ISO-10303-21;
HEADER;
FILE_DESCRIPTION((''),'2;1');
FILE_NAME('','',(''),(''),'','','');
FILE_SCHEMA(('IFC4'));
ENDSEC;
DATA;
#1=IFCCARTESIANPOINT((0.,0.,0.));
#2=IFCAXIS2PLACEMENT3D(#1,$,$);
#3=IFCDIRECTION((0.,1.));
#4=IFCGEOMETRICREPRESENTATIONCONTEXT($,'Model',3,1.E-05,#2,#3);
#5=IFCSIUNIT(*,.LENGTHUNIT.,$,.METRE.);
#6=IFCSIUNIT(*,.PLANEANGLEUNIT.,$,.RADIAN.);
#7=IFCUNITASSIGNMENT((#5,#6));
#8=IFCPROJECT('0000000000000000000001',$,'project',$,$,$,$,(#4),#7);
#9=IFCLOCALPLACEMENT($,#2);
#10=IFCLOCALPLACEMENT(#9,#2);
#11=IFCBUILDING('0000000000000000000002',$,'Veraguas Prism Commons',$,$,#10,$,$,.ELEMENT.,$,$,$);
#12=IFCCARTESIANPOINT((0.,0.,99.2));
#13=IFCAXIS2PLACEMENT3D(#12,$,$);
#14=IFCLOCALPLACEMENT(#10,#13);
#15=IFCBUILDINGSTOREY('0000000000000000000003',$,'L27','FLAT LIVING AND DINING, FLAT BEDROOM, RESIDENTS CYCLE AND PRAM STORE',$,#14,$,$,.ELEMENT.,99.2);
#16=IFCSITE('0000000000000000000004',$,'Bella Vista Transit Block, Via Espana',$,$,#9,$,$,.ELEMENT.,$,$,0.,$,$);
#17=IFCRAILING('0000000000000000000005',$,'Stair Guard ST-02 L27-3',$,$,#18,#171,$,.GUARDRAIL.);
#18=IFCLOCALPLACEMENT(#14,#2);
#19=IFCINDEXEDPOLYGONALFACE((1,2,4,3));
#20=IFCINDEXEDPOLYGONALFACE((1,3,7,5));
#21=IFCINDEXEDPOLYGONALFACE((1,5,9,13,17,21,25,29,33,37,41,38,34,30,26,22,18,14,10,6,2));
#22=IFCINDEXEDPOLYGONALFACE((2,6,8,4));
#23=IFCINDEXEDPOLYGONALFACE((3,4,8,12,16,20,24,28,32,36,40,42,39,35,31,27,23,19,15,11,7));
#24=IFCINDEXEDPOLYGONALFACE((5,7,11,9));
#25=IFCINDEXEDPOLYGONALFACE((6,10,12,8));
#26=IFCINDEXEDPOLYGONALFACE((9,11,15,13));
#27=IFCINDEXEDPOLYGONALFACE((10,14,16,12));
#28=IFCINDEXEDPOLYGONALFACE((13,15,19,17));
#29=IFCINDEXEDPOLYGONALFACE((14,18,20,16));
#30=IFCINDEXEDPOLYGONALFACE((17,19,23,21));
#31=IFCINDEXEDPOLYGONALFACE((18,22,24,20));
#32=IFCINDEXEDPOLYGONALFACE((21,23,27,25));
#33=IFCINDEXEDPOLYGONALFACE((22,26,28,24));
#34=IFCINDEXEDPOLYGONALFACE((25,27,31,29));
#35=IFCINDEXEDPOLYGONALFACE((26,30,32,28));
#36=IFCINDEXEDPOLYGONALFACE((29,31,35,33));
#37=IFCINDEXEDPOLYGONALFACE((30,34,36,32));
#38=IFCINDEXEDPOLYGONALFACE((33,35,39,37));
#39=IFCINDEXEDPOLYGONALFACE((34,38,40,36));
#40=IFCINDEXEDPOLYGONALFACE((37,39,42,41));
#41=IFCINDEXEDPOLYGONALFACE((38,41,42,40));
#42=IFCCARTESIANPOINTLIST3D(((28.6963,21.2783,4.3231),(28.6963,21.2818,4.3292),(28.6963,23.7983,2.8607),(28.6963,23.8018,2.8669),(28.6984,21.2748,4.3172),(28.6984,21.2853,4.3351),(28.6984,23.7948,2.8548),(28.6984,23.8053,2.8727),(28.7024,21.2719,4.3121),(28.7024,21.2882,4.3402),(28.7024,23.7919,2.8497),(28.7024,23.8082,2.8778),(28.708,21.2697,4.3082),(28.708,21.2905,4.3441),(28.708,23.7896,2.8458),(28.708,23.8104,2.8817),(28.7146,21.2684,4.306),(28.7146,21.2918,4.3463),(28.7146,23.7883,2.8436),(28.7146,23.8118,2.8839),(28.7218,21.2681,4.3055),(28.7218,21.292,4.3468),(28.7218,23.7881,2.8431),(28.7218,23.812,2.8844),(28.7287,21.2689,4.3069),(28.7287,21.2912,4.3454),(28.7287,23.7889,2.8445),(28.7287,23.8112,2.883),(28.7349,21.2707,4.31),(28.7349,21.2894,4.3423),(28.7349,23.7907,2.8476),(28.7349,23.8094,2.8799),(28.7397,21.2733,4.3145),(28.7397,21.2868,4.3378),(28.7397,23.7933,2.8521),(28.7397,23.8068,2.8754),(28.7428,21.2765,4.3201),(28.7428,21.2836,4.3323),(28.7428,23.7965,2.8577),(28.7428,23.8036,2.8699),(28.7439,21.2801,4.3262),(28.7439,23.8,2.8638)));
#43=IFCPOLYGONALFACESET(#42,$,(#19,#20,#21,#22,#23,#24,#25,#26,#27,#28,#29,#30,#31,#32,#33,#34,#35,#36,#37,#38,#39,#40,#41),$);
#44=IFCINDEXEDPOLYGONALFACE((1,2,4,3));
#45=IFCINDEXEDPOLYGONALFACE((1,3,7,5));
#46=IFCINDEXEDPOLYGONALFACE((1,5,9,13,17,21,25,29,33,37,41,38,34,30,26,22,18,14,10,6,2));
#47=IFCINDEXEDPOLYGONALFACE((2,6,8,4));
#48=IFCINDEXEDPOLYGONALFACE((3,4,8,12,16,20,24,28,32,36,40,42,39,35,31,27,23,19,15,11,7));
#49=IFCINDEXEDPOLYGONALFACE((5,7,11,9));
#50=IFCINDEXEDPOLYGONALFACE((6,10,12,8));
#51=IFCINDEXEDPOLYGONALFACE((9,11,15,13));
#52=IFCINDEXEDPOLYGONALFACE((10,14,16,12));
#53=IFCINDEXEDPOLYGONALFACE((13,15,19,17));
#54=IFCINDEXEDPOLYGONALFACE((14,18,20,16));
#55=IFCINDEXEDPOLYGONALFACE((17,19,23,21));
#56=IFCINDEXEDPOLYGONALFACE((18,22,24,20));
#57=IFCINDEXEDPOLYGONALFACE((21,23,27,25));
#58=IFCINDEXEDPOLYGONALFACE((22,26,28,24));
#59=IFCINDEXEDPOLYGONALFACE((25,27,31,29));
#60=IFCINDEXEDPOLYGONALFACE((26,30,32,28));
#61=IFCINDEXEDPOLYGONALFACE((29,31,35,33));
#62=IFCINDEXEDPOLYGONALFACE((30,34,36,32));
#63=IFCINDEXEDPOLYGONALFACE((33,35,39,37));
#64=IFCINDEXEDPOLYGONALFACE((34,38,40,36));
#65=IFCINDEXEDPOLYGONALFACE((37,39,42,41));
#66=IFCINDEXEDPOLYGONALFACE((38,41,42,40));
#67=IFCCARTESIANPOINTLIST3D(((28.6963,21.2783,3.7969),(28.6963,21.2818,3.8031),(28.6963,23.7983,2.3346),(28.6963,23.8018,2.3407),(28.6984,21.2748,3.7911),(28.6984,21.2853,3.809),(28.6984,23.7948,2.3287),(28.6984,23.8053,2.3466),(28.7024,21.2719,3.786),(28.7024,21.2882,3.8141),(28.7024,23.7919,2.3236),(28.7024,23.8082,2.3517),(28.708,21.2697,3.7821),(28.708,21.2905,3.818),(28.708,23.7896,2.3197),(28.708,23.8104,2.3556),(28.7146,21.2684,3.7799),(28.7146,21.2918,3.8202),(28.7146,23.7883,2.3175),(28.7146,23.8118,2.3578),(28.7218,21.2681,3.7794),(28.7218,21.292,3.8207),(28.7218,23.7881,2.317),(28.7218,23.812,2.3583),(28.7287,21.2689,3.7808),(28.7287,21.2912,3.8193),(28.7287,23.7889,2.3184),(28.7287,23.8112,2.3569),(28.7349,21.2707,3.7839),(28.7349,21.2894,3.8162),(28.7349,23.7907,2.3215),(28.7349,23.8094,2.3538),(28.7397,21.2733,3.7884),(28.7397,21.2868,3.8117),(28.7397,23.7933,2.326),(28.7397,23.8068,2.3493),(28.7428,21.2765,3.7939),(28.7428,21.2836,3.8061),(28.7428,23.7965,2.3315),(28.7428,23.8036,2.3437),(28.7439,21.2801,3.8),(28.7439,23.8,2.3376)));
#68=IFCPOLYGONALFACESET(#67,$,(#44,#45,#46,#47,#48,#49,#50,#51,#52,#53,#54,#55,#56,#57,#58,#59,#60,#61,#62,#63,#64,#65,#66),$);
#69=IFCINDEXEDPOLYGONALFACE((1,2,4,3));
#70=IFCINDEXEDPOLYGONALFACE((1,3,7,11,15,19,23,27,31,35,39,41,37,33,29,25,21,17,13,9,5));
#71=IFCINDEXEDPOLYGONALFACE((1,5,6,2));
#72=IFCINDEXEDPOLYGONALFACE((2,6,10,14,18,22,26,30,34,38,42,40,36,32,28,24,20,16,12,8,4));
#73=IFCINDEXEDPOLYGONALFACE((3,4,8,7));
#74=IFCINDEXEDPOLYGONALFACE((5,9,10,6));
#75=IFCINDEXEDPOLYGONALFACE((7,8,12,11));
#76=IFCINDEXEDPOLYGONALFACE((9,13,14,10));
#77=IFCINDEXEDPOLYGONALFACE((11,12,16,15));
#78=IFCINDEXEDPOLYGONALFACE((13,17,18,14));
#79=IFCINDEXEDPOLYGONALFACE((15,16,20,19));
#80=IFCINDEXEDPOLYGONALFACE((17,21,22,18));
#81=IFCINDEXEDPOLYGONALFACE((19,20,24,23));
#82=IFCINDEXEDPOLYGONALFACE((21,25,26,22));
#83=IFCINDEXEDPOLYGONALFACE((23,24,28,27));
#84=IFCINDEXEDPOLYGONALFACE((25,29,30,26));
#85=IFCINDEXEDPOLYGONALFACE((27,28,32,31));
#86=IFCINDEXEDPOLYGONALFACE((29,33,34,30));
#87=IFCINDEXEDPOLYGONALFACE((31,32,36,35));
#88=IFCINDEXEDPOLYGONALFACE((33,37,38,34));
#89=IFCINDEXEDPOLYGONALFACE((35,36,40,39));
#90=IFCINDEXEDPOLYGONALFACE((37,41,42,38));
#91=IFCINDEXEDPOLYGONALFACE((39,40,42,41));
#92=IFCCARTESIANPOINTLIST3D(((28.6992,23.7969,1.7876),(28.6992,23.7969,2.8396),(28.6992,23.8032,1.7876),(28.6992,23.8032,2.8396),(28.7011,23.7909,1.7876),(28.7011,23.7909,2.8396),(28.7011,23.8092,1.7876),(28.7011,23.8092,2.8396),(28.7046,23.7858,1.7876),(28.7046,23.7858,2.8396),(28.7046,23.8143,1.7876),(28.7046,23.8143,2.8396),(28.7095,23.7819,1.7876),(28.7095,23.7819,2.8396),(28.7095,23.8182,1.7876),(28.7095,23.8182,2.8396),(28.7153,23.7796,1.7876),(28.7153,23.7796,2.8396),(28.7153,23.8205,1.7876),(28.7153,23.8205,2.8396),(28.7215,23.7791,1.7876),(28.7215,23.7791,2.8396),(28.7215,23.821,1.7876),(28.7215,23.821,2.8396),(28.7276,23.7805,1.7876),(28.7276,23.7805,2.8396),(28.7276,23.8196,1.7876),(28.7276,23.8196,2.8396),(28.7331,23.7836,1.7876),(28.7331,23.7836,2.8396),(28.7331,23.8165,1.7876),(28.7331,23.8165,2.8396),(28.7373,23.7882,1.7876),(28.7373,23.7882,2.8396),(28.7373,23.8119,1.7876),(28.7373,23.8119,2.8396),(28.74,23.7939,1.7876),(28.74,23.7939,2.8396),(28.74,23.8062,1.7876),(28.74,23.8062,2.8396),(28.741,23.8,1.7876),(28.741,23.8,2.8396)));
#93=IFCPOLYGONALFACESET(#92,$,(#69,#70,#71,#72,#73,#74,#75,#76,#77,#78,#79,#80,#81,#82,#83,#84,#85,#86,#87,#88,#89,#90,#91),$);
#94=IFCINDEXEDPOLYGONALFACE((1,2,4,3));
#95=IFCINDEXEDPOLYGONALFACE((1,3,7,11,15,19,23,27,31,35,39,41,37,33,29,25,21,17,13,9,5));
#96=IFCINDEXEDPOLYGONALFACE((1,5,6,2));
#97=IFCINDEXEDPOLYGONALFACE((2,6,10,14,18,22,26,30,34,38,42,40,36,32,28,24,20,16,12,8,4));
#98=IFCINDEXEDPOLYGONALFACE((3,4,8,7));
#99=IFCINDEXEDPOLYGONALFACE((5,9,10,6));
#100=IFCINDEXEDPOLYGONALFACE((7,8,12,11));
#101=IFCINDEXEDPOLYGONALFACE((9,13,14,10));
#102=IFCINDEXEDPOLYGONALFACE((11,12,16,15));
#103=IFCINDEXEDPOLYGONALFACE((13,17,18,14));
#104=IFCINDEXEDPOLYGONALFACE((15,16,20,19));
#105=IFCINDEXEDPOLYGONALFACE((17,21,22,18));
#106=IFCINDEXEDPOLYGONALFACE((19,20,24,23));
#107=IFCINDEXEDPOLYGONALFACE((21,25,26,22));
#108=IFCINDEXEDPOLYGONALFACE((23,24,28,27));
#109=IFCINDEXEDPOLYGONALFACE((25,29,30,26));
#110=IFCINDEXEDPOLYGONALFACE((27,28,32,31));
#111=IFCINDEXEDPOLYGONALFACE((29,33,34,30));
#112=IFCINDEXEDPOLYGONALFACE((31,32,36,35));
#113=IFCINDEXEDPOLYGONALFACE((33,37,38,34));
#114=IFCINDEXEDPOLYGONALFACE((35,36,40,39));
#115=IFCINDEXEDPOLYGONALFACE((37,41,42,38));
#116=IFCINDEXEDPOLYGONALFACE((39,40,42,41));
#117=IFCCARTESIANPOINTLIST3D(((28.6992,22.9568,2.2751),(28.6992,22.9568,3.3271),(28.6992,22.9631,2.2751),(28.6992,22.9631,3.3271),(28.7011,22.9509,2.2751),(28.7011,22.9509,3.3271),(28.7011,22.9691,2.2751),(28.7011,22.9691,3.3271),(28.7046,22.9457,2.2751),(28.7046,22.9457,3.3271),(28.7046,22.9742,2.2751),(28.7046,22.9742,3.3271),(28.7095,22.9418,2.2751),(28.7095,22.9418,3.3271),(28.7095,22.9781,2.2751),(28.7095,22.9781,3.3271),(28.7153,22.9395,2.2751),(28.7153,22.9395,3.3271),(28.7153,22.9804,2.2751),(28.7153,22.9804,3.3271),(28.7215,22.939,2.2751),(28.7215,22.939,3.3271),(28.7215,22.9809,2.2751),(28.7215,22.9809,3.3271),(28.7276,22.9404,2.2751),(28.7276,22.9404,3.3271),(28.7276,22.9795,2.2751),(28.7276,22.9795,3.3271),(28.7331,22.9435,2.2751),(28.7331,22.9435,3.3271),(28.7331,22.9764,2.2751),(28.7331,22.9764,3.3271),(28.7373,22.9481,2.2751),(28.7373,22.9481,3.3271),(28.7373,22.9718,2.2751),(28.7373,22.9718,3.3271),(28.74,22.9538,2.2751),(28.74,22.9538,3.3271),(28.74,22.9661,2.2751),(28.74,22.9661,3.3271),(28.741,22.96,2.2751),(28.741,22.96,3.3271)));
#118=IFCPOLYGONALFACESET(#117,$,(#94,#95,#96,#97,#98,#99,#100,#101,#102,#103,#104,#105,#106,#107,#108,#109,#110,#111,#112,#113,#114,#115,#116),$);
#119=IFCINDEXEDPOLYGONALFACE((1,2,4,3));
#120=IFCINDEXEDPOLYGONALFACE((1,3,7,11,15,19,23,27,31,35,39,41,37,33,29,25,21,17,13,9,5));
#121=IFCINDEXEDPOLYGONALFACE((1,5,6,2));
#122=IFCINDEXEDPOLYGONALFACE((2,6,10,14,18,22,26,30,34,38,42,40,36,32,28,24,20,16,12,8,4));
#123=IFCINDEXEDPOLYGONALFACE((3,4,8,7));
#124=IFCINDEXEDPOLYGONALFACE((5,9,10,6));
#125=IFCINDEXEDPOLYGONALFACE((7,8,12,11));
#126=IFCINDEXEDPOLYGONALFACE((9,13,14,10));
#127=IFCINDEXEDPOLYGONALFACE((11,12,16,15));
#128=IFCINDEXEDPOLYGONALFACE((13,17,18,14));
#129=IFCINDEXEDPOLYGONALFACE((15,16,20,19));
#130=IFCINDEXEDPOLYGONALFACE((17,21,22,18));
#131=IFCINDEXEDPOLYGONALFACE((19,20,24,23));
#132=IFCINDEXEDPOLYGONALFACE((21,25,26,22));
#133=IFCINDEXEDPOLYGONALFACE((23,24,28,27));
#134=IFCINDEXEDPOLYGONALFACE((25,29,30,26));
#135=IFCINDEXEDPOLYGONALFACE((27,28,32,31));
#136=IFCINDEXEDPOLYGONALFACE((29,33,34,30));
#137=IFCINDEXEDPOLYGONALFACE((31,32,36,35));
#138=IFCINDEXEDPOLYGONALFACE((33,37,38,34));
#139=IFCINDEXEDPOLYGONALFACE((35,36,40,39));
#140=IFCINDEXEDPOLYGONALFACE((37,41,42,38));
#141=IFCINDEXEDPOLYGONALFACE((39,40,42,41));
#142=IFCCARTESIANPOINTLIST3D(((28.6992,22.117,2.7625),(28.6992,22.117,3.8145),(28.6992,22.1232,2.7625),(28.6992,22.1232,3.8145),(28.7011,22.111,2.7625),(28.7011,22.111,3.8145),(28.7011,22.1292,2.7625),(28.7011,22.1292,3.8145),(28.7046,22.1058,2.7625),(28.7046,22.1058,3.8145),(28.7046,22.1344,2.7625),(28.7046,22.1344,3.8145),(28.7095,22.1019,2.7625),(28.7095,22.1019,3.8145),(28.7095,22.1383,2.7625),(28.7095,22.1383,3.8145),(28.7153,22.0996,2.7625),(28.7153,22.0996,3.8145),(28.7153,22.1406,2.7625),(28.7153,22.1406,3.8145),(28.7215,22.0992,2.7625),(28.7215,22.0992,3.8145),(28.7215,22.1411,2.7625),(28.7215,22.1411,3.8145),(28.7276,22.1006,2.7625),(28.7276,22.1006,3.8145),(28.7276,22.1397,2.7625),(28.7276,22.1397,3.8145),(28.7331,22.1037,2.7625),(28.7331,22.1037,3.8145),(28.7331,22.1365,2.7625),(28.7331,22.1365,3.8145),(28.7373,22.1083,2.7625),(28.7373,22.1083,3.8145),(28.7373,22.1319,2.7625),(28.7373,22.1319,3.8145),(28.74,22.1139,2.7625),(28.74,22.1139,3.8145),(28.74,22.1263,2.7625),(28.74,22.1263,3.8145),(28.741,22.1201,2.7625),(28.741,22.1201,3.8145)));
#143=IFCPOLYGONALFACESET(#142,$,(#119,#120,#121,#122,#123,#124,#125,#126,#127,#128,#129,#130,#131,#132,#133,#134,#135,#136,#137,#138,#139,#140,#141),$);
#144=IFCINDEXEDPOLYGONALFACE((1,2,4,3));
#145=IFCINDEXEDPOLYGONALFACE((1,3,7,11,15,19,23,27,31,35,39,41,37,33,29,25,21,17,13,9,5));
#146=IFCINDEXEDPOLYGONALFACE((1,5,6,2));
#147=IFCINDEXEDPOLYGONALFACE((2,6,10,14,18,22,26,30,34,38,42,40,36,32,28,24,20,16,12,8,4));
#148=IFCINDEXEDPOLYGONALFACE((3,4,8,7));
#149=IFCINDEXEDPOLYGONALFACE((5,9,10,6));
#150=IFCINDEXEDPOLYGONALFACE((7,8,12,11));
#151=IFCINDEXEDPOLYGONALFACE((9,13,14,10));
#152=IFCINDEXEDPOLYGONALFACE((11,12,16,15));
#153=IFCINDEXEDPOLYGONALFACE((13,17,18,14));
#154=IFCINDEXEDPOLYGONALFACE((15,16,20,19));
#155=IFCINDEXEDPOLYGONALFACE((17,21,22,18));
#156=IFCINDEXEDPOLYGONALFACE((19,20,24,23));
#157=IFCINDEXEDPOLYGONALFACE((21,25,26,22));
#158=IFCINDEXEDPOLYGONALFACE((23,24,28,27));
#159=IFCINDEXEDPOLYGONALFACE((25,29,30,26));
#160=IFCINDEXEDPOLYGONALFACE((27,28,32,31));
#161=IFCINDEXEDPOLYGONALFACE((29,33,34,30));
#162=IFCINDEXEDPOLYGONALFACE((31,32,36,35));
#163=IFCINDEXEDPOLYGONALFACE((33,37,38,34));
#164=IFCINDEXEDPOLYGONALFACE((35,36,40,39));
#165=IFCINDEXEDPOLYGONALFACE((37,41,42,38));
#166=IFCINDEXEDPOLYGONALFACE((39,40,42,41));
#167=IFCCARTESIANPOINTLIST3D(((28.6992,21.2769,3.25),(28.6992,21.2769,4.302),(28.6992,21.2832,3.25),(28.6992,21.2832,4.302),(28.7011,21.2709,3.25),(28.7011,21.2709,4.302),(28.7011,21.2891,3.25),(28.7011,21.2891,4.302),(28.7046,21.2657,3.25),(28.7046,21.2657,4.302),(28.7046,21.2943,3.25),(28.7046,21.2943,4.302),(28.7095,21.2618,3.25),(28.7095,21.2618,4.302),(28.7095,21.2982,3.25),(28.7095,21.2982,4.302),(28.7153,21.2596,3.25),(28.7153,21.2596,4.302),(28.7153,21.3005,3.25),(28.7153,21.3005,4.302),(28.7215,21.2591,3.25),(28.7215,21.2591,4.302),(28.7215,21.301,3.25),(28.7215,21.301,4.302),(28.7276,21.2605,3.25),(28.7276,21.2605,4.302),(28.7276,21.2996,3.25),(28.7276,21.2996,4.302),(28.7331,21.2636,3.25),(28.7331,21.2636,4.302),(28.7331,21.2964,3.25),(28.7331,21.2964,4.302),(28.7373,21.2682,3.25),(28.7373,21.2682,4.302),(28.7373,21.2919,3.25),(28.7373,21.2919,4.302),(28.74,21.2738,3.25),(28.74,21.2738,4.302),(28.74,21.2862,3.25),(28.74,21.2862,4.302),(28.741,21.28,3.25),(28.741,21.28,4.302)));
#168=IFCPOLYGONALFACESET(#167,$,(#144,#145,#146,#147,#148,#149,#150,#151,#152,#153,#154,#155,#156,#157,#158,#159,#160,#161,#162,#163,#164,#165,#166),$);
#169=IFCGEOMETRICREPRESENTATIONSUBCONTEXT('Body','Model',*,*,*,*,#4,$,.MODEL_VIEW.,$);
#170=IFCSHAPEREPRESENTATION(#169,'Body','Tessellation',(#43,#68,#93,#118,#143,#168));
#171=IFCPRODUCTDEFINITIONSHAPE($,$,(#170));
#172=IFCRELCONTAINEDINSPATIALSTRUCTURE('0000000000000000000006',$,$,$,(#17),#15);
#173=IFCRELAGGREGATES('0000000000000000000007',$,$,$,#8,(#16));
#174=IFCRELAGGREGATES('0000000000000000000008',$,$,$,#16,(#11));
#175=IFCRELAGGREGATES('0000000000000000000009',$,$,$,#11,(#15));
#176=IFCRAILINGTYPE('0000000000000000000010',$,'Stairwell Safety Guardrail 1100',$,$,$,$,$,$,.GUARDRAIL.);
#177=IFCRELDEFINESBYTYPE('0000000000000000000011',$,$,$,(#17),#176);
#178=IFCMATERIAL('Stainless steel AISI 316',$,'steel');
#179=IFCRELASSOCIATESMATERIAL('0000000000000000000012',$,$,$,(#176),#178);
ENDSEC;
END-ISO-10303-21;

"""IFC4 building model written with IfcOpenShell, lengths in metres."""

from ifc_helpers import new_model, si_unit, direction, frame, origin, origin_2d, place, context, subcontext, project, spatial, circle, extrude, material, type_object, element, save


model = new_model("IFC4")

# Units and contexts
model_context = context("Model", 3, precision=1e-05, world=origin(), true_north=direction((0.0, 1.0)))
body_context = subcontext(model_context, "Body", "Model", "MODEL_VIEW")
ifc_project = project(units=[si_unit("LENGTHUNIT", "METRE"), si_unit("PLANEANGLEUNIT", "RADIAN")], contexts=[model_context])

# Site, building, storey
site_placement = place(None, origin())
site = spatial("IfcSite", under=ifc_project, at=site_placement, Name="Bella Vista Transit Block, Via Espana", CompositionType="ELEMENT", RefElevation=0.0)
building_placement = place(site_placement, origin())
building = spatial("IfcBuilding", under=site, at=building_placement, Name="Veraguas Prism Commons", CompositionType="ELEMENT")
storey_placement = place(building_placement, frame((0.0, 0.0, 99.2)))
storey = spatial("IfcBuildingStorey", under=building, at=storey_placement, Name="L27", Description="FLAT LIVING AND DINING, FLAT BEDROOM, RESIDENTS CYCLE AND PRAM STORE", CompositionType="ELEMENT", Elevation=99.2)

# Shared definitions
ifc_material_1 = material(Name="Stainless steel AISI 316", Category="steel")

# Railing
railing_type_1 = type_object("IfcRailingType", Name="Stairwell Safety Guardrail 1100", PredefinedType="GUARDRAIL", material=ifc_material_1)
railing_1_placement = place(storey_placement, frame((28.72, 23.8, 1.7876)))
element("IfcRailing", 1, at=railing_1_placement, inside=storey, type_object=railing_type_1, Name="Stair Guard ST-02 L27-3", PredefinedType="GUARDRAIL", context=body_context, shape_type="SweptSolid", body=[
    extrude(circle(Radius=0.0239, at=origin_2d()), frame((0.0, 0.0, 1.0762), z_axis=(0.0, -0.864913, 0.501921), x_axis=(1.0, 0.0, 0.0)), (0.0, 0.0, 1.0), 2.9136),
    extrude(circle(Radius=0.0239, at=origin_2d()), frame((0.0, 0.0, 0.55), z_axis=(0.0, -0.864913, 0.501921), x_axis=(1.0, 0.0, 0.0)), (0.0, 0.0, 1.0), 2.9136),
    extrude(circle(Radius=0.021, at=origin_2d()), origin(), (0.0, 0.0, 1.0), 1.052),
    extrude(circle(Radius=0.021, at=origin_2d()), frame((0.0, -0.8401, 0.4875)), (0.0, 0.0, 1.0), 1.052),
    extrude(circle(Radius=0.021, at=origin_2d()), frame((0.0, -1.6799, 0.9749)), (0.0, 0.0, 1.0), 1.052),
    extrude(circle(Radius=0.021, at=origin_2d()), frame((0.0, -2.52, 1.4624)), (0.0, 0.0, 1.0), 1.052),
])

save(model, "model.ifc")
